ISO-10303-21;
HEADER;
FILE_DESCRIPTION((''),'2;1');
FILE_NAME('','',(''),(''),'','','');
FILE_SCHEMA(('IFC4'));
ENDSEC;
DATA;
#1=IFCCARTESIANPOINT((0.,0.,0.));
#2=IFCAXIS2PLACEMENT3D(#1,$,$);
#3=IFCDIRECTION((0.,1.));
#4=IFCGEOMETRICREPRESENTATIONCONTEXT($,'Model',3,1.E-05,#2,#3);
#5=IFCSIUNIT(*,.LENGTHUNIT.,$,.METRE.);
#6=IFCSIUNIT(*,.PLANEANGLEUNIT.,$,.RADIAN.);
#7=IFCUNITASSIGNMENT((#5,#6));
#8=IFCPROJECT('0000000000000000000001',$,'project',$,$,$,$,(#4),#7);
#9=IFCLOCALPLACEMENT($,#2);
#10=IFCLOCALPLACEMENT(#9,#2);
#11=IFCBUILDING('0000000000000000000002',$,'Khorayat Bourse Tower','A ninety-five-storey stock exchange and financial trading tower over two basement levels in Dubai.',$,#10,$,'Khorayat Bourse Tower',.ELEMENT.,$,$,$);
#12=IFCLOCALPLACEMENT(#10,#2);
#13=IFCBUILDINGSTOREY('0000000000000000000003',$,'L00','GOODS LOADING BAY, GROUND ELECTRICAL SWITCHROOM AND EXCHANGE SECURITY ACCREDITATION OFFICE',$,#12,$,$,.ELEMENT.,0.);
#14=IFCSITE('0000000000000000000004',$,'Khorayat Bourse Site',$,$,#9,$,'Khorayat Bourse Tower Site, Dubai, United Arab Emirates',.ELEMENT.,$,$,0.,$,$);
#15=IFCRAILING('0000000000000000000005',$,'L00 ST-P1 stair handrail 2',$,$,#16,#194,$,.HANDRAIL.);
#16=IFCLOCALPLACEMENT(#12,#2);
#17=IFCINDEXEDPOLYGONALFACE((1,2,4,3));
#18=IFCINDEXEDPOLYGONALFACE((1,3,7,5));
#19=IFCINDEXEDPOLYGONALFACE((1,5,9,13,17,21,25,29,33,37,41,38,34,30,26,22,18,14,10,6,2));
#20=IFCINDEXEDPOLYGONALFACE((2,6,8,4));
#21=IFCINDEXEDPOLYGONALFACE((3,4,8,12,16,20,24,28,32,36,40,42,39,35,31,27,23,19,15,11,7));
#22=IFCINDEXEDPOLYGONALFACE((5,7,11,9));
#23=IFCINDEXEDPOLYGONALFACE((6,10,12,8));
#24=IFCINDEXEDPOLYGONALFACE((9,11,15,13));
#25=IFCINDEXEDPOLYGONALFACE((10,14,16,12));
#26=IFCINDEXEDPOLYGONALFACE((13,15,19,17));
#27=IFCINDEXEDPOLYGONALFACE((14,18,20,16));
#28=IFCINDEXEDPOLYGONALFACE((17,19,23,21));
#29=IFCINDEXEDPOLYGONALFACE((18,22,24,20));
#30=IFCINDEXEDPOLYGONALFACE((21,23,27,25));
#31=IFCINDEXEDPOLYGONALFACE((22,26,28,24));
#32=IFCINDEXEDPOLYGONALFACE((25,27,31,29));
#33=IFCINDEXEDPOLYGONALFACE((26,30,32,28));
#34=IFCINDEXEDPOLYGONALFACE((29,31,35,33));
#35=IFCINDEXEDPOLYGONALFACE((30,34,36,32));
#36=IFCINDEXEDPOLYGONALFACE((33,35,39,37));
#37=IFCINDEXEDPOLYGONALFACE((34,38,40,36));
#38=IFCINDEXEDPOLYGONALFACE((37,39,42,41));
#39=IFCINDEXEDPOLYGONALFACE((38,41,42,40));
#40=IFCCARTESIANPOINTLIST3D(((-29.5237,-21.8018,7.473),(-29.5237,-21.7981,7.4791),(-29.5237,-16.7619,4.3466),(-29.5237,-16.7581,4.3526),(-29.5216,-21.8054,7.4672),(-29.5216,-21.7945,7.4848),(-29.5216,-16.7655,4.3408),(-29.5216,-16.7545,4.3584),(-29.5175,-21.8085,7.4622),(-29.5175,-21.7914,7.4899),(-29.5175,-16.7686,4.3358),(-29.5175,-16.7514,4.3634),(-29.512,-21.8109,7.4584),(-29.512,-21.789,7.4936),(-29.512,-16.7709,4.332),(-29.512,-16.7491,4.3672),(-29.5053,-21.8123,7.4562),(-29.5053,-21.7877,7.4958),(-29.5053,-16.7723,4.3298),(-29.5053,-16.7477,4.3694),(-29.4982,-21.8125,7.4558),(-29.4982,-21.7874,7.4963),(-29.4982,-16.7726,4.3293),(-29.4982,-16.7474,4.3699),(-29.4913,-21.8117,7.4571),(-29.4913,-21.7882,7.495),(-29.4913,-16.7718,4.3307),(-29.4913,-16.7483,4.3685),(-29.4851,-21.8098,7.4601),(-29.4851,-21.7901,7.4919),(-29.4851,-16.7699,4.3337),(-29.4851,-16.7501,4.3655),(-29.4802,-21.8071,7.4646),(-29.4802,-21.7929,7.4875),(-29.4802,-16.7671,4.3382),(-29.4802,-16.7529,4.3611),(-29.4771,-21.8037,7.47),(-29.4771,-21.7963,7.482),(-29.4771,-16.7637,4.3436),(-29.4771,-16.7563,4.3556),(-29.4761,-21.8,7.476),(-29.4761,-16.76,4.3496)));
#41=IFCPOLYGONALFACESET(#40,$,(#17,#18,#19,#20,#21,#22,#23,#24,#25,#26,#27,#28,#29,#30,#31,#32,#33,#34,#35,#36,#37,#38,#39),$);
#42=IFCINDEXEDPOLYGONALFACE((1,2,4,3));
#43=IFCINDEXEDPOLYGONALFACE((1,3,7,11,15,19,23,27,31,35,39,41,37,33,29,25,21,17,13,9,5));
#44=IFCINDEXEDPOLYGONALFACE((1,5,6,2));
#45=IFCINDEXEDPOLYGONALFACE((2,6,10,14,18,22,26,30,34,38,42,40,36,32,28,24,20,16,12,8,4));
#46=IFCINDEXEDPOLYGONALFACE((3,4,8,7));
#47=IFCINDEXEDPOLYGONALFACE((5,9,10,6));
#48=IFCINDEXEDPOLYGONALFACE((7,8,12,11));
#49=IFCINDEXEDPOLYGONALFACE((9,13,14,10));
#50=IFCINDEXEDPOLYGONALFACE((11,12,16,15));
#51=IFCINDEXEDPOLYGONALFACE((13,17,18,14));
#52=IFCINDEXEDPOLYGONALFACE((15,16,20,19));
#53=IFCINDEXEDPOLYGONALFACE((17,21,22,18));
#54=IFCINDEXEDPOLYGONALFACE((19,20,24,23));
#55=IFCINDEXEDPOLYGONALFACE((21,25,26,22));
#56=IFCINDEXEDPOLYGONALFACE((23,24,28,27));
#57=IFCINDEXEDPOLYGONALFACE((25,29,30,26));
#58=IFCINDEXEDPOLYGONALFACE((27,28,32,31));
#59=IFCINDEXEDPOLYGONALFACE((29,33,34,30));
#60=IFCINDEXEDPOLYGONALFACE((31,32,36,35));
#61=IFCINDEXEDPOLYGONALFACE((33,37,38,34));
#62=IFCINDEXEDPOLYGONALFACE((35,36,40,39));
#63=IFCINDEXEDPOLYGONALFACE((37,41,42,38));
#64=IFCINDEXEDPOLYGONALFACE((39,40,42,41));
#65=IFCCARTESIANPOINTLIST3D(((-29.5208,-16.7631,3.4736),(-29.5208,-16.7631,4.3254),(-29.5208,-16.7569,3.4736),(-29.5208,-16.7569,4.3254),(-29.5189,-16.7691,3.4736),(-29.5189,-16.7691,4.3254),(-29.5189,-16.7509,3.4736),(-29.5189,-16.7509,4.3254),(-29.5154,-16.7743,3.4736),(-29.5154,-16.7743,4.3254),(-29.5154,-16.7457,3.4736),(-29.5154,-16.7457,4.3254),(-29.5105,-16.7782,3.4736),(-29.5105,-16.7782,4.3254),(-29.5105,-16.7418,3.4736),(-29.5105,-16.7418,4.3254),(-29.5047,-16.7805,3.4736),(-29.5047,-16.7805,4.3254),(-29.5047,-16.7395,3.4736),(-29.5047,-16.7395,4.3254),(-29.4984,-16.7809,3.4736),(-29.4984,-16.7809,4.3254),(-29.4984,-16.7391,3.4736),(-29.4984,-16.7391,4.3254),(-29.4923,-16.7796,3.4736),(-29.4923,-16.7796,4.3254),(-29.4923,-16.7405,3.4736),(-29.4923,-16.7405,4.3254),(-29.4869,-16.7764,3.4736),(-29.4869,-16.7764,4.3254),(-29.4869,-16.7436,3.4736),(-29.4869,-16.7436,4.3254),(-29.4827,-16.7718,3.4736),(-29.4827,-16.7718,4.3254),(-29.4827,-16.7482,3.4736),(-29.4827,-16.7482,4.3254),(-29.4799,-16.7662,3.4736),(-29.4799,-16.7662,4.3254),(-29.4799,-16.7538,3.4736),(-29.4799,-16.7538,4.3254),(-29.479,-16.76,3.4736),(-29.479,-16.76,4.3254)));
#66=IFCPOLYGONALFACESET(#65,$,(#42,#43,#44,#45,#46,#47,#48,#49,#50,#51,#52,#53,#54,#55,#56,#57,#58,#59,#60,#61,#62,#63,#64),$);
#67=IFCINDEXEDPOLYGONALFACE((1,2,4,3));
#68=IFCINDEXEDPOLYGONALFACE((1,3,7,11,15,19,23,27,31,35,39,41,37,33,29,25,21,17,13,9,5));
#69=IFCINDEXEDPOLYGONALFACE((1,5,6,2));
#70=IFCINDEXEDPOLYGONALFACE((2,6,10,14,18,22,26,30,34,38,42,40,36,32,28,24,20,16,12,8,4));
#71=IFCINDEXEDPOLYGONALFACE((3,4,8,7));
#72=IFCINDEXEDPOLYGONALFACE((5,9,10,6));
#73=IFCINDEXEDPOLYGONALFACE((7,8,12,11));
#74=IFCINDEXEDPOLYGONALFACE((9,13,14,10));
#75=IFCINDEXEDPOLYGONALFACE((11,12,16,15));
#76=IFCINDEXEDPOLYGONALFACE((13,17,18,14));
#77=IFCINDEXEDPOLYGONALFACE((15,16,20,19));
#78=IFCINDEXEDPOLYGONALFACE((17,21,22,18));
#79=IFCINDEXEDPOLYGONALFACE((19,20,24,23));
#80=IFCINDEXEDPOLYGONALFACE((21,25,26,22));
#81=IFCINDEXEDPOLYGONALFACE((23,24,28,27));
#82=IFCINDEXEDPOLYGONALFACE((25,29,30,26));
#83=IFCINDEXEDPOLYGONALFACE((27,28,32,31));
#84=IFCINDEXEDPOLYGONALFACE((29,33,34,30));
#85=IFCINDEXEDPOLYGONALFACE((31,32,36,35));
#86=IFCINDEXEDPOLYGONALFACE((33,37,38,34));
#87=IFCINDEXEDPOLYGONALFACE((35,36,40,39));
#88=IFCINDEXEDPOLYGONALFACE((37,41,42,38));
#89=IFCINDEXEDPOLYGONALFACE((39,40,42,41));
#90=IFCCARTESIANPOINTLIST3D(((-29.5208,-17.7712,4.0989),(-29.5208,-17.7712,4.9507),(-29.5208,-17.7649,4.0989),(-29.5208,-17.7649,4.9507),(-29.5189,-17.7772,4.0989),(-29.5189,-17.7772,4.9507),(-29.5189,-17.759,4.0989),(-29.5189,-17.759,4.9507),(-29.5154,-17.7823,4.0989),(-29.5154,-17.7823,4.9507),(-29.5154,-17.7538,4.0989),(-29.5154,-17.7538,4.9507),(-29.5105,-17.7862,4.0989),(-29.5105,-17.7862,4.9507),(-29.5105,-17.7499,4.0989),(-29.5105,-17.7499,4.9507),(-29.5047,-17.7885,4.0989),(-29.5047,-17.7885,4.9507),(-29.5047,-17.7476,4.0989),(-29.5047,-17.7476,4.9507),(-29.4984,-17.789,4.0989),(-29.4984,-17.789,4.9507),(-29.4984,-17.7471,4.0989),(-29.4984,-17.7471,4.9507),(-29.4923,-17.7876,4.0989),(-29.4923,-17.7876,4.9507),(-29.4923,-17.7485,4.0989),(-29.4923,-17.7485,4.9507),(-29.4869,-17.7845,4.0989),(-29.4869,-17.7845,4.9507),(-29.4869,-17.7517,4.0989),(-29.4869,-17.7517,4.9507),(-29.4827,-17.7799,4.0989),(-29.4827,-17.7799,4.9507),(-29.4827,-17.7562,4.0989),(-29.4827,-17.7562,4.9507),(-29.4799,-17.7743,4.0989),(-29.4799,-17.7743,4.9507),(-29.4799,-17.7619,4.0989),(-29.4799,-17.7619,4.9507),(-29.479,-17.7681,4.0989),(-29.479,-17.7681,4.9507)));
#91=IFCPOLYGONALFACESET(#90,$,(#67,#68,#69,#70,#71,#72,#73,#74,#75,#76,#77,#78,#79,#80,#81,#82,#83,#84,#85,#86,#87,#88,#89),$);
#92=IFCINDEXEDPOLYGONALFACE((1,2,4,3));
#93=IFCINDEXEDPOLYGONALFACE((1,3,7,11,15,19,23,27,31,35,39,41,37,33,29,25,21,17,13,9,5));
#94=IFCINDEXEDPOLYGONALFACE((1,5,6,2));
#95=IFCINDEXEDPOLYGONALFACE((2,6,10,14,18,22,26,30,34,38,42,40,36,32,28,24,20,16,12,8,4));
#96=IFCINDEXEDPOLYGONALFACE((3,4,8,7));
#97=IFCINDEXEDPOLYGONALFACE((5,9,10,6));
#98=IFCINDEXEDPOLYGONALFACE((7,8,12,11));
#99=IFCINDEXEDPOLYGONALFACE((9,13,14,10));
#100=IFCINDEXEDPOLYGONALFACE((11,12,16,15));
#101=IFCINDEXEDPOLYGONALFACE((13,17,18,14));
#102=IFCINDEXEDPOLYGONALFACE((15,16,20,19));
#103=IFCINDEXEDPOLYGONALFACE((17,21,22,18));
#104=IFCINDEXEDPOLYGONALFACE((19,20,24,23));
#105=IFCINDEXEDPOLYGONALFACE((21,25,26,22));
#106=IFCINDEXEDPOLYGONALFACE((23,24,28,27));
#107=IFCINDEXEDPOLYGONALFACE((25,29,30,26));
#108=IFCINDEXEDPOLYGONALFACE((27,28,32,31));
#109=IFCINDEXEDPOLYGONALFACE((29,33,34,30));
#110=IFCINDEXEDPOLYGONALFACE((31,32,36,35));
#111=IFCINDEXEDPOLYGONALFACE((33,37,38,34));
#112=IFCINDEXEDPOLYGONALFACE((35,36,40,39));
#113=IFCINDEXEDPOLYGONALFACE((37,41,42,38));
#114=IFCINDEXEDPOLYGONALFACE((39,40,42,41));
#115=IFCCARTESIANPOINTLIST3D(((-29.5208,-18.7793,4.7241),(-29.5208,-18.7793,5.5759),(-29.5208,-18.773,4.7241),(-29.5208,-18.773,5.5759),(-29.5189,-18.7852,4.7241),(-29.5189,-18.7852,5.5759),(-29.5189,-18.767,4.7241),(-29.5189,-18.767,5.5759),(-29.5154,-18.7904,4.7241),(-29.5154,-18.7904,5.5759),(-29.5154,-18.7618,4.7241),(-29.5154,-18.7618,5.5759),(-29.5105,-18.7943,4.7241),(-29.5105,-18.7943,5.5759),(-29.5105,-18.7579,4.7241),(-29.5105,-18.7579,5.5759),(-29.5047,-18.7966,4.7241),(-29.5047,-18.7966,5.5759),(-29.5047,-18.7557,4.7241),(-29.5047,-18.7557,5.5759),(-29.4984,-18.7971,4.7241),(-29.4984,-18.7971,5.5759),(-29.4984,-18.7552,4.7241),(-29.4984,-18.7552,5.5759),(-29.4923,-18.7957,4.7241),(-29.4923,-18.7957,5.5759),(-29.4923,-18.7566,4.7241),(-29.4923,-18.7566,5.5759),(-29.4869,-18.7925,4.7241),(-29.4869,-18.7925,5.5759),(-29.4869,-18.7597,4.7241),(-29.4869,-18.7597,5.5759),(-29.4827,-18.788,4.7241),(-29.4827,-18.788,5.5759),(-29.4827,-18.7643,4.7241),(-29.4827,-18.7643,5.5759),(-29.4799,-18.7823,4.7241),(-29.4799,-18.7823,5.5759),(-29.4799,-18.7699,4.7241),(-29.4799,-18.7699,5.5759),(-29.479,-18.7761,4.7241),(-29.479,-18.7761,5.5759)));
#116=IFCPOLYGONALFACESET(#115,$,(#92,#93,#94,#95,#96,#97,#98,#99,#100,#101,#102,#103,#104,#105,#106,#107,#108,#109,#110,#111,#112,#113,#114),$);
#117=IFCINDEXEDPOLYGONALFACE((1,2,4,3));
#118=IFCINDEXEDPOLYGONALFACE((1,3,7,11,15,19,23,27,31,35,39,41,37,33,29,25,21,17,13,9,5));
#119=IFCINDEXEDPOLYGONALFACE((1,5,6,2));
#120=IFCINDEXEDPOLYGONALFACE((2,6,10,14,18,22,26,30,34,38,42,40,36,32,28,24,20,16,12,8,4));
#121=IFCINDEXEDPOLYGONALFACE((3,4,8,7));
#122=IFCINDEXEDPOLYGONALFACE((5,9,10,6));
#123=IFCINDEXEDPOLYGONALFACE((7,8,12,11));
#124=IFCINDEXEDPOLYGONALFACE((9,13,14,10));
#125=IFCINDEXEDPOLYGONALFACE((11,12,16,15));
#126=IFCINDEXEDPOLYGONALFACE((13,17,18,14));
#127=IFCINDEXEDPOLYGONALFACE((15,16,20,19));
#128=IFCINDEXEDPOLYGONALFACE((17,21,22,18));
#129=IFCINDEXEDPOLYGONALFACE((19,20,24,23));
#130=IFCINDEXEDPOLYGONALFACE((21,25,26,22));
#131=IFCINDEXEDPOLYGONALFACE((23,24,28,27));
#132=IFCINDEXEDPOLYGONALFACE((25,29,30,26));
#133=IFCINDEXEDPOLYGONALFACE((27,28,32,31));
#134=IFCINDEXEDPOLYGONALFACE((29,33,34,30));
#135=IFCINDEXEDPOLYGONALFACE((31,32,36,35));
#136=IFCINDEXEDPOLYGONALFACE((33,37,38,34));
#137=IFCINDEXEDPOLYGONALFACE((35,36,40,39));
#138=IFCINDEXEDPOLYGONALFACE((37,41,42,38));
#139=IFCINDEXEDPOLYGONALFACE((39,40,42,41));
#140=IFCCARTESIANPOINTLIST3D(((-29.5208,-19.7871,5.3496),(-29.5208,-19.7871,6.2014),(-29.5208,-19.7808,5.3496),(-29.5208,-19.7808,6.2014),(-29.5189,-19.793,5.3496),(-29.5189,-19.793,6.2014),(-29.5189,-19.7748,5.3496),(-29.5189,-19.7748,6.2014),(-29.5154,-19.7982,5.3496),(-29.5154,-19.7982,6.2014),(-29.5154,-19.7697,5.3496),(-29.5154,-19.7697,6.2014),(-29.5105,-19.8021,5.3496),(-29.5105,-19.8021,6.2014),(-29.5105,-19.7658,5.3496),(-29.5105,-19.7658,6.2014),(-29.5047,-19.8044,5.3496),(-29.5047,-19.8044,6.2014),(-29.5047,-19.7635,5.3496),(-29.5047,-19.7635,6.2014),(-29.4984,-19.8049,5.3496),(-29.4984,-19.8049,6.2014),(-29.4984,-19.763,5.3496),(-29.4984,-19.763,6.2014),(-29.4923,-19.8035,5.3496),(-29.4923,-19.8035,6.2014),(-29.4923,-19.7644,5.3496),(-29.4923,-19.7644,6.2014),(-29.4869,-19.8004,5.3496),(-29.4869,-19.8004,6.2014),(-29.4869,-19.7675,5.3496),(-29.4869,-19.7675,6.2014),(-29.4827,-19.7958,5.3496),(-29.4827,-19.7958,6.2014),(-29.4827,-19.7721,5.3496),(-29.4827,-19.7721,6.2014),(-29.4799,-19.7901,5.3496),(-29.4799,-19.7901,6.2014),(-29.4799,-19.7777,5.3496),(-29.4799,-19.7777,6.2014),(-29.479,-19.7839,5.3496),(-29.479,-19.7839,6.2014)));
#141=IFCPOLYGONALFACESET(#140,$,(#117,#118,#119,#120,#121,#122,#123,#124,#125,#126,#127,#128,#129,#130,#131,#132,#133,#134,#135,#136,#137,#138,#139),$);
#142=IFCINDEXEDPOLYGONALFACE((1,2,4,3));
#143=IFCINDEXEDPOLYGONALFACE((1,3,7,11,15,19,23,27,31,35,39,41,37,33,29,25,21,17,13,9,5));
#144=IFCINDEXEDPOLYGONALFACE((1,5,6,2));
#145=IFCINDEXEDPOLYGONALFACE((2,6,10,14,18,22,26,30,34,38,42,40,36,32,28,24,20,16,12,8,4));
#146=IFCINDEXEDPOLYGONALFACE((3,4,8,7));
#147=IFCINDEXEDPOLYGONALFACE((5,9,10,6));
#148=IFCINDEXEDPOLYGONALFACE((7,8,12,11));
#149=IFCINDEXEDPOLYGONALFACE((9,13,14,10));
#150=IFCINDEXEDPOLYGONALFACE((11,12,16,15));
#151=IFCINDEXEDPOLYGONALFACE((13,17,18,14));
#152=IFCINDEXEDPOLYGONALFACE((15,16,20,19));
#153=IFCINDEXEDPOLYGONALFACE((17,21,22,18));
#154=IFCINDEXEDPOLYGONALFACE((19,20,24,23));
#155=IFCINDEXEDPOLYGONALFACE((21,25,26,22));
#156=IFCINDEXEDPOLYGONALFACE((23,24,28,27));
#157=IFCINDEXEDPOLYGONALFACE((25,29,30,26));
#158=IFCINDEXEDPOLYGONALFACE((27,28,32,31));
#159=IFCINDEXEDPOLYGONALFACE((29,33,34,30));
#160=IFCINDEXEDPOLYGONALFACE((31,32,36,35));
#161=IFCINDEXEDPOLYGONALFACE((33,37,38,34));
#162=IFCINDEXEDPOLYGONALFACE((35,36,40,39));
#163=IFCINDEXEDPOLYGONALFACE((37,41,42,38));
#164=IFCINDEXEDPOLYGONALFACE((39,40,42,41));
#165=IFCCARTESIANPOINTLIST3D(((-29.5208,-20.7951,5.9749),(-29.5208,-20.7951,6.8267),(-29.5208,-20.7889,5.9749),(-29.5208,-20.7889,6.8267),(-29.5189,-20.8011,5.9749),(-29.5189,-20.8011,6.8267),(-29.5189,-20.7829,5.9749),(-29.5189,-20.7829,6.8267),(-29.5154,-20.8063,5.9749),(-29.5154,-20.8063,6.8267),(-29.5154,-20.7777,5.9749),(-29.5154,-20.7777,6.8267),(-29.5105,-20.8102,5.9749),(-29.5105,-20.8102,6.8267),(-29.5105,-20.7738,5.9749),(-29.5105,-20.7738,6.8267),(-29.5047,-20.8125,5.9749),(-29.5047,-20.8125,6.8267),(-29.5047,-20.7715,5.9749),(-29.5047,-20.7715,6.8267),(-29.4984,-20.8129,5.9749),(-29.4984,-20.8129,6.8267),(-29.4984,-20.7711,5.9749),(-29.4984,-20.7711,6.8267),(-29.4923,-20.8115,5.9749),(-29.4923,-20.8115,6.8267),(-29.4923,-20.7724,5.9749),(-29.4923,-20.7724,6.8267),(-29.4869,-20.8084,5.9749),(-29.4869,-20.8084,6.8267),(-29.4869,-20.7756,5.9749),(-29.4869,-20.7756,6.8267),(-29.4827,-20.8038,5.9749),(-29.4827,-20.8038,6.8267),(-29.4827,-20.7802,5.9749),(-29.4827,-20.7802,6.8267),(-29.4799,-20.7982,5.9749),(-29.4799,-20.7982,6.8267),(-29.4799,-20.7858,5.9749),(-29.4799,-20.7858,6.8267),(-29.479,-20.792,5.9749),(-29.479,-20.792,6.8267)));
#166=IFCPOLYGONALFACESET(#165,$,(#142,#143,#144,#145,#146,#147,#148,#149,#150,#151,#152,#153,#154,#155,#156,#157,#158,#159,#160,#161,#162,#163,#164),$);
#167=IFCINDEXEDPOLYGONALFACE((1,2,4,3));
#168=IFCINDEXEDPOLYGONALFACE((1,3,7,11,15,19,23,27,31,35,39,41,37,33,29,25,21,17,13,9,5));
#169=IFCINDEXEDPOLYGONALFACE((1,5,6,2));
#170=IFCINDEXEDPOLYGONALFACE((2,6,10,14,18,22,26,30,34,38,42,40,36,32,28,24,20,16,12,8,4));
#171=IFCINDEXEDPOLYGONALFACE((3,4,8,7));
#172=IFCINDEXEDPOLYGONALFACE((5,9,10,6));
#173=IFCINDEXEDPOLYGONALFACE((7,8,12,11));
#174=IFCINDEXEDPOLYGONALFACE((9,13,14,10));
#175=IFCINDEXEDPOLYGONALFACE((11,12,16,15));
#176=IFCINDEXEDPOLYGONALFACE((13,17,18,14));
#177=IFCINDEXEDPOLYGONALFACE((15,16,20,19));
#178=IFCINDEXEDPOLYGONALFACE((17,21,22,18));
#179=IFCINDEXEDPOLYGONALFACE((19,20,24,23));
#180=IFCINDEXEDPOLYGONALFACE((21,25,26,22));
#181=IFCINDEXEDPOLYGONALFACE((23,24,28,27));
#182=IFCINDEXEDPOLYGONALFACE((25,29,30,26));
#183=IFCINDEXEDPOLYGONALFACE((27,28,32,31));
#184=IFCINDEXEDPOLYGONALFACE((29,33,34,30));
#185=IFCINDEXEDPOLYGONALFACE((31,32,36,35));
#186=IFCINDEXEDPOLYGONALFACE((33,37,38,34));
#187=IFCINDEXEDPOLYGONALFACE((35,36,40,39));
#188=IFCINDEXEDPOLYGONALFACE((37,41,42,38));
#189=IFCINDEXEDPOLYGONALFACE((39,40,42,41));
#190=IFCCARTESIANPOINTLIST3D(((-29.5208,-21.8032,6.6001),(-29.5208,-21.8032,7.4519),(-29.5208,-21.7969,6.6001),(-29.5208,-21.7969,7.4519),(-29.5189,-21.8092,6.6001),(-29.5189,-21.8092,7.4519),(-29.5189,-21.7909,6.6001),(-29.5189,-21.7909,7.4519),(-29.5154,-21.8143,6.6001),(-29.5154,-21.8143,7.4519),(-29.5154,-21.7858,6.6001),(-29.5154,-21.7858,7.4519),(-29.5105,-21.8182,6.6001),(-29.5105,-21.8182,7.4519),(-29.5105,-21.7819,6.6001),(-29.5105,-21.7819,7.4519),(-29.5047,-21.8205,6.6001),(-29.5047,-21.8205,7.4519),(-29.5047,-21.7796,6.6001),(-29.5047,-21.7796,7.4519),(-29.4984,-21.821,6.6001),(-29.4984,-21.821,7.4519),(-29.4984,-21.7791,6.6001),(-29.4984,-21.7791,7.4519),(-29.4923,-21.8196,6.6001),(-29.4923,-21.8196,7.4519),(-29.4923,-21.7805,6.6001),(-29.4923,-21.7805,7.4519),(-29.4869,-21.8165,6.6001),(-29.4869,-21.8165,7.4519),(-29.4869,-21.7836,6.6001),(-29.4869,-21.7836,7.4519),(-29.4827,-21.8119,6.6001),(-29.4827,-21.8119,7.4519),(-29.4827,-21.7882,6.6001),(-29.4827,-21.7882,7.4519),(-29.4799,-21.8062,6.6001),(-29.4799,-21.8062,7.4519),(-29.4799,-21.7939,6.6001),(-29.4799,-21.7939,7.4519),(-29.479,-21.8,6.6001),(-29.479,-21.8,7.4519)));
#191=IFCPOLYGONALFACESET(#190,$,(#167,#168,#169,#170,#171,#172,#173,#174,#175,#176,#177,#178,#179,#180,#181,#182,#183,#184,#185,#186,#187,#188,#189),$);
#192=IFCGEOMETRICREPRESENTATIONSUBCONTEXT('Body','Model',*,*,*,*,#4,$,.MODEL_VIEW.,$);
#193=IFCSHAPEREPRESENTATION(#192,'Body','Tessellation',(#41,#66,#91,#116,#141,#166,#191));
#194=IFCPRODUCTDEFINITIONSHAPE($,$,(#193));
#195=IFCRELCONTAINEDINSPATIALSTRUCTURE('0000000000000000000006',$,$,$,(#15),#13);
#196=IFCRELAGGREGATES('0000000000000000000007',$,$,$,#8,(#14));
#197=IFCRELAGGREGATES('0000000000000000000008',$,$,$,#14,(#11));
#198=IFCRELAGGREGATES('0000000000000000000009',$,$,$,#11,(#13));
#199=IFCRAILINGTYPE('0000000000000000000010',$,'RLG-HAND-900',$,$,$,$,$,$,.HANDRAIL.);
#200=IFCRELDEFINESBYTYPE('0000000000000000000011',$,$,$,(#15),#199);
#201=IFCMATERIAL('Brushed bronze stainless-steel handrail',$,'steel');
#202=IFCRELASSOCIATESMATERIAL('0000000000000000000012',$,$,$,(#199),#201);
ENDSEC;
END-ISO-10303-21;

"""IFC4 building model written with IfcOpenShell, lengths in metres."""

from ifc_helpers import new_model, si_unit, direction, frame, origin, origin_2d, place, context, subcontext, project, spatial, circle, extrude, source, transform, mapped, material, type_object, element, save


model = new_model("IFC4")

# Units and contexts
model_context = context("Model", 3, precision=1e-05, world=origin(), true_north=direction((0.0, 1.0)))
body_context = subcontext(model_context, "Body", "Model", "MODEL_VIEW")
ifc_project = project(units=[si_unit("LENGTHUNIT", "METRE"), si_unit("PLANEANGLEUNIT", "RADIAN")], contexts=[model_context])

# Site, building, storey
site_placement = place(None, origin())
site = spatial("IfcSite", under=ifc_project, at=site_placement, Name="Khorayat Bourse Site", LongName="Khorayat Bourse Tower Site, Dubai, United Arab Emirates", CompositionType="ELEMENT", RefElevation=0.0)
building_placement = place(site_placement, origin())
building = spatial("IfcBuilding", under=site, at=building_placement, Name="Khorayat Bourse Tower", Description="A ninety-five-storey stock exchange and financial trading tower over two basement levels in Dubai.", LongName="Khorayat Bourse Tower", CompositionType="ELEMENT")
storey_placement = place(building_placement, origin())
storey = spatial("IfcBuildingStorey", under=building, at=storey_placement, Name="L00", Description="GOODS LOADING BAY, GROUND ELECTRICAL SWITCHROOM AND EXCHANGE SECURITY ACCREDITATION OFFICE", CompositionType="ELEMENT", Elevation=0.0)

# Railing
ifc_material_1 = material(Name="Brushed bronze stainless-steel handrail", Category="steel")
railing_type_1 = type_object("IfcRailingType", Name="RLG-HAND-900", PredefinedType="HANDRAIL", material=ifc_material_1)
shared_shape_1 = source(origin(), body_context, "Body", "SweptSolid", [
    extrude(circle(Radius=0.0239, at=origin_2d()), frame((0.0, 0.0, 0.876), z_axis=(0.0, -0.849779, 0.527139), x_axis=(1.0, 0.0, 0.0)), (0.0, 0.0, 1.0), 5.9309),
    extrude(circle(Radius=0.021, at=origin_2d()), origin(), (0.0, 0.0, 1.0), 0.8518),
    extrude(circle(Radius=0.021, at=origin_2d()), frame((0.0, -1.0081, 0.6252)), (0.0, 0.0, 1.0), 0.8518),
    extrude(circle(Radius=0.021, at=origin_2d()), frame((0.0, -2.0161, 1.2505)), (0.0, 0.0, 1.0), 0.8518),
    extrude(circle(Radius=0.021, at=origin_2d()), frame((0.0, -3.0239, 1.876)), (0.0, 0.0, 1.0), 0.8518),
    extrude(circle(Radius=0.021, at=origin_2d()), frame((0.0, -4.032, 2.5012)), (0.0, 0.0, 1.0), 0.8518),
    extrude(circle(Radius=0.021, at=origin_2d()), frame((0.0, -5.04, 3.1265)), (0.0, 0.0, 1.0), 0.8518),
])
railing_1_placement = place(storey_placement, frame((-29.5, -16.76, 3.4736)))
element("IfcRailing", 1, at=railing_1_placement, inside=storey, type_object=railing_type_1, Name="L00 ST-P1 stair handrail 2", PredefinedType="HANDRAIL", context=body_context, shape_type="MappedRepresentation", body=[
    mapped(shared_shape_1, transform((0.0, 0.0, 0.0), scale=1.0)),
])

save(model, "model.ifc")
